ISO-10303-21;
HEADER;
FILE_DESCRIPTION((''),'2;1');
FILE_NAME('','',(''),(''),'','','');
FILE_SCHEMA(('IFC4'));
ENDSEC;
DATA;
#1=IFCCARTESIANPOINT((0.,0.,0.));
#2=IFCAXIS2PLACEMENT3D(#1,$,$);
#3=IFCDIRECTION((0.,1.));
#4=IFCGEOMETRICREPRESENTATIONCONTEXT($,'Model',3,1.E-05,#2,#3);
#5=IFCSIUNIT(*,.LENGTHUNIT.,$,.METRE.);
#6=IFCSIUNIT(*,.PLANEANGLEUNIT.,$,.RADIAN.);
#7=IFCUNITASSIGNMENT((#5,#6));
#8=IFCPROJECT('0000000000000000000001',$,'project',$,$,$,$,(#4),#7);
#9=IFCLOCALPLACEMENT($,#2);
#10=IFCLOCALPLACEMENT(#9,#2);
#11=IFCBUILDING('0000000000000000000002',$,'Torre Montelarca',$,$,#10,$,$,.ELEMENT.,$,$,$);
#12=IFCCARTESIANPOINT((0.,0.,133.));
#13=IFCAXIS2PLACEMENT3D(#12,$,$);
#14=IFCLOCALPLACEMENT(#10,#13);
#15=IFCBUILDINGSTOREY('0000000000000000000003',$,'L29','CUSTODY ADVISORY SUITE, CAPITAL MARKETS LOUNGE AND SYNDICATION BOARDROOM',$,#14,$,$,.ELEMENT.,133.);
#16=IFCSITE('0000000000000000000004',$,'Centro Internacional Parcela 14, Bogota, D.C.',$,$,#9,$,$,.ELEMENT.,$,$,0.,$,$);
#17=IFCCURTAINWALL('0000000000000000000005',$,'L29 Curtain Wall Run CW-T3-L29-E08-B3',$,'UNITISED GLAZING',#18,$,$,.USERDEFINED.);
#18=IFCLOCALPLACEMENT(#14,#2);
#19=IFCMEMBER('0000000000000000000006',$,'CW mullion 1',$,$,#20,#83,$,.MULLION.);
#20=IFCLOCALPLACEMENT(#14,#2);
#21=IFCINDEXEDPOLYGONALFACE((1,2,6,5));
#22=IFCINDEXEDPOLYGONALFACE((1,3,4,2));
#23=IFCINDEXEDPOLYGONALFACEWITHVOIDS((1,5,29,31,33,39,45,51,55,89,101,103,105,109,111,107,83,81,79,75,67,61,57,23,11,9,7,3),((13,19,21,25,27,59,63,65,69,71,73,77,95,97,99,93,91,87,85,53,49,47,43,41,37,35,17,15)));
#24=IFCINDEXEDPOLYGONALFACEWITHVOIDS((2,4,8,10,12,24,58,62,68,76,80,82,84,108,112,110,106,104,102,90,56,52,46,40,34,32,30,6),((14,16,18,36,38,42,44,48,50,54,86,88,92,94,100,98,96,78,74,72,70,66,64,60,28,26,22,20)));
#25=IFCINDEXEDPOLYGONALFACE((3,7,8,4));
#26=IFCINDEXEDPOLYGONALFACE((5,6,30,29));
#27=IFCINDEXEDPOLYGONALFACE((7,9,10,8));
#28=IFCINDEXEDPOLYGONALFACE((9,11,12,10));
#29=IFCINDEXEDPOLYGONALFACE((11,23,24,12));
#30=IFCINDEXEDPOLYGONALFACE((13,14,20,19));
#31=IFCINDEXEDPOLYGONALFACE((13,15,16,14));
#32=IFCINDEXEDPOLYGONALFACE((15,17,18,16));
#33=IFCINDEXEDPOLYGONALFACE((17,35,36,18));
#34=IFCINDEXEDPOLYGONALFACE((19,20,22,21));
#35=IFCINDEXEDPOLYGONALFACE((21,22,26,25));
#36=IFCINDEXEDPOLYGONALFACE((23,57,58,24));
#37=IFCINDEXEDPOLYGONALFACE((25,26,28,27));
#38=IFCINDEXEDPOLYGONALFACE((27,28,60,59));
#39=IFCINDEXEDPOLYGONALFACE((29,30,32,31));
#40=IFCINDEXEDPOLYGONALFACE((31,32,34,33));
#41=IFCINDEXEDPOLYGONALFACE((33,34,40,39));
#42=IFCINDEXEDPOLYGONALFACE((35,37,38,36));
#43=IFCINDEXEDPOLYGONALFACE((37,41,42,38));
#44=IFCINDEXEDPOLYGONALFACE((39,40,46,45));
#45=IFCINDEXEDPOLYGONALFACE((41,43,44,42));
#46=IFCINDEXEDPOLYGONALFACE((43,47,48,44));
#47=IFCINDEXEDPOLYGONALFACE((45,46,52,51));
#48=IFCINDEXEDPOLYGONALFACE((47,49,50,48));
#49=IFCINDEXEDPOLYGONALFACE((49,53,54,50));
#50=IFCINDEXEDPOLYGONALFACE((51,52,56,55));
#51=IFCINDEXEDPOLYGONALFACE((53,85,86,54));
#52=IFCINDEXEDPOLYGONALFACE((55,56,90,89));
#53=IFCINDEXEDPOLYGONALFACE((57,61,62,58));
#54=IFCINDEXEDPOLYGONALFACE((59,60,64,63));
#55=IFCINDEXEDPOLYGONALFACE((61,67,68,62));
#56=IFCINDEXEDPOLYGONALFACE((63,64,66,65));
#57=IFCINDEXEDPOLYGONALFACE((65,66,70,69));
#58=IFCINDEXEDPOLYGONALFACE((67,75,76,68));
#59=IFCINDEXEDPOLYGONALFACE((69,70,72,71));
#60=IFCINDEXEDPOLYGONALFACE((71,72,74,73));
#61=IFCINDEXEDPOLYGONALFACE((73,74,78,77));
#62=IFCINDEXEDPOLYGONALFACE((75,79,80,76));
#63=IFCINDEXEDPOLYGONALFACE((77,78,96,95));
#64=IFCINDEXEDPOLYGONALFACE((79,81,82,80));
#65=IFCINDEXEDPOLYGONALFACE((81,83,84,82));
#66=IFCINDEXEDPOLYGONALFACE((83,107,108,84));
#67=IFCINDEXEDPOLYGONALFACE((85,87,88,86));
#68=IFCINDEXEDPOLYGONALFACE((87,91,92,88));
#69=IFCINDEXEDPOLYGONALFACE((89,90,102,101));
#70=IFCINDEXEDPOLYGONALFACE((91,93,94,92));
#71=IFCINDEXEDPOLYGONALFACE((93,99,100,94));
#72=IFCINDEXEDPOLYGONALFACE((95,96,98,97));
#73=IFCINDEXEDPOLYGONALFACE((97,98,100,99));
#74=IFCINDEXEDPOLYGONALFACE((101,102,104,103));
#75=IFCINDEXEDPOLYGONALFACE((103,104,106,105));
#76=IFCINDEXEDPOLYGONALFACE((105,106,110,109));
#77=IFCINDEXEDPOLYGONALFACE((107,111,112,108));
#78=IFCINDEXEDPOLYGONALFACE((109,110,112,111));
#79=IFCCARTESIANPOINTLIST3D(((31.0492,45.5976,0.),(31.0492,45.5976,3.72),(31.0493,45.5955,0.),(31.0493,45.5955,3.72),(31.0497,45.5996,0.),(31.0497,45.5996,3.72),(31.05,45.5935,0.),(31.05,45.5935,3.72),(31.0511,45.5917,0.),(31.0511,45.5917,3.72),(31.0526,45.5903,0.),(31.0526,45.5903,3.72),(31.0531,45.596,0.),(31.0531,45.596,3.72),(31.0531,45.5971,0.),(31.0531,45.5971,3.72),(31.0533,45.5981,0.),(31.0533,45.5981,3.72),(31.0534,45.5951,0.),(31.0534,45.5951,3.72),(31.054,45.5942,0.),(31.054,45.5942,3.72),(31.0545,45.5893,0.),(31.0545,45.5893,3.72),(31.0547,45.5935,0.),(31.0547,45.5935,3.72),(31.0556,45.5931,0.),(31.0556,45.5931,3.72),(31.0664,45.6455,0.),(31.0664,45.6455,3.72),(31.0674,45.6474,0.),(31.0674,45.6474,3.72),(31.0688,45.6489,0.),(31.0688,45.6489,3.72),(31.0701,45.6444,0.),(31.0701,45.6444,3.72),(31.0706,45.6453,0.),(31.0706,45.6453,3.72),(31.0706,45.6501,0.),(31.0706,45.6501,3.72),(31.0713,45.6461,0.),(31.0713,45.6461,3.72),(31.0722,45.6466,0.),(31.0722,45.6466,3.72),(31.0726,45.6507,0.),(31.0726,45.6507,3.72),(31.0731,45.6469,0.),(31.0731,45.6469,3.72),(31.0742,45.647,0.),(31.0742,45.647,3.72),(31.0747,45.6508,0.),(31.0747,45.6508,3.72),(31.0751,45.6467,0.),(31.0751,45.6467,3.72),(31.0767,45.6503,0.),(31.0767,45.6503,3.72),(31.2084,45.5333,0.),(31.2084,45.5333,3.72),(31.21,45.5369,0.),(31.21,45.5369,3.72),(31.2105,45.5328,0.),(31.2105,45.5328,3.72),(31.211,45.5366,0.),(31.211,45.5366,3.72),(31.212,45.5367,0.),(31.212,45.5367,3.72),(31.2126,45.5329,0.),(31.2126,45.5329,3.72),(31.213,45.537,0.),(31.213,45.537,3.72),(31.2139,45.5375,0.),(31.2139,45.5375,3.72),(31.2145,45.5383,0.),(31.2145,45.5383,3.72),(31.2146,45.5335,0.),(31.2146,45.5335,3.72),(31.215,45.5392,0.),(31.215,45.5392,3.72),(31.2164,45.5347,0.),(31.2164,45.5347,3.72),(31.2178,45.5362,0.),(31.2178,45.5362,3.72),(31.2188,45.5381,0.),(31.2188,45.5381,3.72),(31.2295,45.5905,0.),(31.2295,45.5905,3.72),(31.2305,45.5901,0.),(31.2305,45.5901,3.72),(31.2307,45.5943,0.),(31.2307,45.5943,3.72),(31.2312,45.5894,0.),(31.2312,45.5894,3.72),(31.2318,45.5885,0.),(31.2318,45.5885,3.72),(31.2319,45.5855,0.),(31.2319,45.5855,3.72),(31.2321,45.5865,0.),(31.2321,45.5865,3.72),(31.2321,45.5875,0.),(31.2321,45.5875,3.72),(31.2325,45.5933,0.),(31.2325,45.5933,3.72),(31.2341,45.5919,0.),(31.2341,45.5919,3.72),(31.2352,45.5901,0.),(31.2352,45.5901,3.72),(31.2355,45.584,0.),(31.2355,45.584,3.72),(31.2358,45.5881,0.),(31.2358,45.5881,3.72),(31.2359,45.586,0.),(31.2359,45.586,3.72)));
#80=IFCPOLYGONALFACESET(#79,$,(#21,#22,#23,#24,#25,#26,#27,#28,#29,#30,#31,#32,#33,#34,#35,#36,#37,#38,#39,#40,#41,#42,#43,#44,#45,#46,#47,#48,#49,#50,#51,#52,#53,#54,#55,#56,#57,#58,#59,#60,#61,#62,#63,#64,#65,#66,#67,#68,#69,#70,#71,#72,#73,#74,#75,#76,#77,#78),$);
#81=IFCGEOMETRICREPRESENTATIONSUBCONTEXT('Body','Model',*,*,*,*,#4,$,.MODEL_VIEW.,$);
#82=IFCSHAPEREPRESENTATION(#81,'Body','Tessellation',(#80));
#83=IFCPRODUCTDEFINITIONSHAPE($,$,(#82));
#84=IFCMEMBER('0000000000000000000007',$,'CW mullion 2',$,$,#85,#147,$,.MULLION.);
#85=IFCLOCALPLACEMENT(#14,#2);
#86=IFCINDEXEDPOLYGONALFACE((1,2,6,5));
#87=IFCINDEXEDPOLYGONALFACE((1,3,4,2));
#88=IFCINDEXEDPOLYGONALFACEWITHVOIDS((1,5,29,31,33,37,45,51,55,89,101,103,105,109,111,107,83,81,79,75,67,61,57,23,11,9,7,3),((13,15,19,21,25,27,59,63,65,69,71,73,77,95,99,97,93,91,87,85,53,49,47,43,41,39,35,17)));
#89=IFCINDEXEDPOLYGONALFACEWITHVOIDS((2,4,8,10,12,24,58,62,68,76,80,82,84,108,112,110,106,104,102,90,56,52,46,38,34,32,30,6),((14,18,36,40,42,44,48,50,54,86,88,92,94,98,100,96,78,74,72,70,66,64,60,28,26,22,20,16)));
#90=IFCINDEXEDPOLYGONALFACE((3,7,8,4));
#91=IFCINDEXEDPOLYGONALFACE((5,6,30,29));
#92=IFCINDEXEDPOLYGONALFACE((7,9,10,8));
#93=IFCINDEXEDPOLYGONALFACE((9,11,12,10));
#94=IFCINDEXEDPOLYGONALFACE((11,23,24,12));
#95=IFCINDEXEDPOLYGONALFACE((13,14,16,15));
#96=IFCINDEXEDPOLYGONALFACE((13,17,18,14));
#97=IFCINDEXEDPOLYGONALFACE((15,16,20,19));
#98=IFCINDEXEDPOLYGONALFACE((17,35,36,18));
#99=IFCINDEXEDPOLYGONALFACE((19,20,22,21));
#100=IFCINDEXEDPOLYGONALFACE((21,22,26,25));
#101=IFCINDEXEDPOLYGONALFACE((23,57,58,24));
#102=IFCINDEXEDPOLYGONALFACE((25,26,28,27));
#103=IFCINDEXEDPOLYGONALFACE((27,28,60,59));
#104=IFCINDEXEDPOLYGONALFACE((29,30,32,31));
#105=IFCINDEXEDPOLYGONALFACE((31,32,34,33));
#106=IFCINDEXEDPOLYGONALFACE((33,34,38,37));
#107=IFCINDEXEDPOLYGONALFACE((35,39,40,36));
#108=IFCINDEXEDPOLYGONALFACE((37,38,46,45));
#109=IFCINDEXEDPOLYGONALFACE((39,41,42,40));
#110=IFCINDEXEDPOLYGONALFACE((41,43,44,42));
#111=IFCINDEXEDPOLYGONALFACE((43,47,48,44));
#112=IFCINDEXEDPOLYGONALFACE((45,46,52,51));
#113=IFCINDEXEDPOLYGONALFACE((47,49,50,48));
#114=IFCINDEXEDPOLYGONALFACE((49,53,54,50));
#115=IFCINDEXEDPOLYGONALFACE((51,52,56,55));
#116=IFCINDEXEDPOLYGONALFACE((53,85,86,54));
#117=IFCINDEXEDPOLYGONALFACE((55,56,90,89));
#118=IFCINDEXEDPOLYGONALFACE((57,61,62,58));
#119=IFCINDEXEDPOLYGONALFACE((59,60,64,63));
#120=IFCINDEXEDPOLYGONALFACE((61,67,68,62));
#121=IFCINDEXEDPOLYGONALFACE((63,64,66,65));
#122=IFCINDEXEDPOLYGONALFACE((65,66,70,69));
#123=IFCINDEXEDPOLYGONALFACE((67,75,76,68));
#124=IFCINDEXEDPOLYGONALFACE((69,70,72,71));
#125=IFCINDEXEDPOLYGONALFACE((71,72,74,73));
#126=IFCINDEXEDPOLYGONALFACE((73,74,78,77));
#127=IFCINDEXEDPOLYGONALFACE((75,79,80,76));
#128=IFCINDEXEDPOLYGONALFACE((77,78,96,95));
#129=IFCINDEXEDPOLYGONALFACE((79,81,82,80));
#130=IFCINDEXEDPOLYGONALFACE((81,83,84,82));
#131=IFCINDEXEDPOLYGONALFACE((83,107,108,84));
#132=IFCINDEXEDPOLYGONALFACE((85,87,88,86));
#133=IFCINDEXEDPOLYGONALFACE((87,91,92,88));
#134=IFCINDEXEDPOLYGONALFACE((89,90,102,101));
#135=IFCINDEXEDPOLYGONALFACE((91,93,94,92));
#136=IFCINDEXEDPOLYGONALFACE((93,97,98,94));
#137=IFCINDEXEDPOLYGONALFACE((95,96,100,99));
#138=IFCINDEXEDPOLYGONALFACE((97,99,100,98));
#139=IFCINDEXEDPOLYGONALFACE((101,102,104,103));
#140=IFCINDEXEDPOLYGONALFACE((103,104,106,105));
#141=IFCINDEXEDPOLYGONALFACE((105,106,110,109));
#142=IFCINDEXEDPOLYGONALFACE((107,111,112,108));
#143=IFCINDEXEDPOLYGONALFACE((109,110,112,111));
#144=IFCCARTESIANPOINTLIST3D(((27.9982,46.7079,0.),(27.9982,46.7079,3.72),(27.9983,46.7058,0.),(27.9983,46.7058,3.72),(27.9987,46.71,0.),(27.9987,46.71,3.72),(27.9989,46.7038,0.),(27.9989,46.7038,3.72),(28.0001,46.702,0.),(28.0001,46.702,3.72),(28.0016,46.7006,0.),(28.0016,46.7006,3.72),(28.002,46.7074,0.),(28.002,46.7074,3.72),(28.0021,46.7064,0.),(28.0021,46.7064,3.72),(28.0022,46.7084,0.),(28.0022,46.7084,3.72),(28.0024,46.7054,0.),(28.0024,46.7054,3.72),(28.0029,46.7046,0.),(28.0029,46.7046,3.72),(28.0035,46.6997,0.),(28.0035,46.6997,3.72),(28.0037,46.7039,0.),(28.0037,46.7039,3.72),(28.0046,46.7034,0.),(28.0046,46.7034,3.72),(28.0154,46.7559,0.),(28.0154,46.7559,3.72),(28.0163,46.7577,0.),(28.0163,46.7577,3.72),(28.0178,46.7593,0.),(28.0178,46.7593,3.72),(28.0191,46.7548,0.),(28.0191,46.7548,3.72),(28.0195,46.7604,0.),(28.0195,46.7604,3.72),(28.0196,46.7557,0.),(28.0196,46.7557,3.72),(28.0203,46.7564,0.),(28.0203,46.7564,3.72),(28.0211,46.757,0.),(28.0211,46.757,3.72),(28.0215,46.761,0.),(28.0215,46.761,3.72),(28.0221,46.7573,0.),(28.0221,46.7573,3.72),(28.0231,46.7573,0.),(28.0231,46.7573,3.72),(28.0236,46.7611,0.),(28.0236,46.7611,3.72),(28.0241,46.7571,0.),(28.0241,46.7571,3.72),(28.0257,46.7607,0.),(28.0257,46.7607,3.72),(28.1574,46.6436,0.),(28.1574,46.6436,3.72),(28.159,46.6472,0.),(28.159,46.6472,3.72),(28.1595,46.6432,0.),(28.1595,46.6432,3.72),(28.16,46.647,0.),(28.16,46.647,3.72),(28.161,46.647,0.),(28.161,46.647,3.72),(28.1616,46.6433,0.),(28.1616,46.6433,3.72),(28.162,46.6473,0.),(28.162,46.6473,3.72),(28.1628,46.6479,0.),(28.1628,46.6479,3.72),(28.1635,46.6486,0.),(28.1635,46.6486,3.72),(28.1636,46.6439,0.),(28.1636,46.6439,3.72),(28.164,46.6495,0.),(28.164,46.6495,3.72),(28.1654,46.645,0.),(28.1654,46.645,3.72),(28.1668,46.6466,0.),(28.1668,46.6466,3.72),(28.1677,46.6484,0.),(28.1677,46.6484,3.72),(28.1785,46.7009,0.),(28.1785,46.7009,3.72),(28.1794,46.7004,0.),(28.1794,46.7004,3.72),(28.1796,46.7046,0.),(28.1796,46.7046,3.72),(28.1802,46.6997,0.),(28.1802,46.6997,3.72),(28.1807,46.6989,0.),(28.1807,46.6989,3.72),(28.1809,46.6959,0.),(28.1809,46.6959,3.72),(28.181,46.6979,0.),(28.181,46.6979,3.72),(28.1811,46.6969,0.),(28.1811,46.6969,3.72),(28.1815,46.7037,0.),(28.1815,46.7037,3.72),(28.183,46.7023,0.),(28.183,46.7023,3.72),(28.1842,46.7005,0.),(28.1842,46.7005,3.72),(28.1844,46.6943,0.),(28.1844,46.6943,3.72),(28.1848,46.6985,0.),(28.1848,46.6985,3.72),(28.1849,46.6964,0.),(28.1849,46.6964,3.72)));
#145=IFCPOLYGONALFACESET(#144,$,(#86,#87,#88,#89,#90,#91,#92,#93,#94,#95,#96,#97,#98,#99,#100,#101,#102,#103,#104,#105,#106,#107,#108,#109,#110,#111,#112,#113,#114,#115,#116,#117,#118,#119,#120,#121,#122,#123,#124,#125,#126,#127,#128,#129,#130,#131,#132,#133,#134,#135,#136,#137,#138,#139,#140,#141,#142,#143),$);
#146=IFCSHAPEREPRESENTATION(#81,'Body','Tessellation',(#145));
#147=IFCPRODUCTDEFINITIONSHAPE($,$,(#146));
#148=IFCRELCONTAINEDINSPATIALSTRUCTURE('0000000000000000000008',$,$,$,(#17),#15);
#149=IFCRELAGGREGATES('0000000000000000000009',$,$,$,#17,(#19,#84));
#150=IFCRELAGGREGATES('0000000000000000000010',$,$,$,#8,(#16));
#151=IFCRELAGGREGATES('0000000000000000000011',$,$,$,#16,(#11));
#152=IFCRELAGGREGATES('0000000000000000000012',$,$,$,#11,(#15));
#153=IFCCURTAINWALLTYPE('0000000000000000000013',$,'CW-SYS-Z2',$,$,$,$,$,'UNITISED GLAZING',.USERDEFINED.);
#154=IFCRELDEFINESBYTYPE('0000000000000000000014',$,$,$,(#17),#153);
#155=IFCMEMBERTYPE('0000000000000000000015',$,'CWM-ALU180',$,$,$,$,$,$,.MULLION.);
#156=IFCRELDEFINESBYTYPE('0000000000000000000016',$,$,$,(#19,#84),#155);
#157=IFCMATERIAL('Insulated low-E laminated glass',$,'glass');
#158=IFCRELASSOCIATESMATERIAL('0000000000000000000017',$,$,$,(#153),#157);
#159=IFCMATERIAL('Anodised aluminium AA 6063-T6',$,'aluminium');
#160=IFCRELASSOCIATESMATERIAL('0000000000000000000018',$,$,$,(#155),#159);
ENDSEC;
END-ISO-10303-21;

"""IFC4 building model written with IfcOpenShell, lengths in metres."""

from ifc_helpers import new_model, si_unit, direction, frame, origin, origin_2d, place, context, subcontext, project, spatial, hollow_rectangle, extrude, source, transform, mapped, material, material_profile, profile_set, type_object, element, aggregate, save


model = new_model("IFC4")

# Units and contexts
model_context = context("Model", 3, precision=1e-05, world=origin(), true_north=direction((0.0, 1.0)))
body_context = subcontext(model_context, "Body", "Model", "MODEL_VIEW")
ifc_project = project(units=[si_unit("LENGTHUNIT", "METRE"), si_unit("PLANEANGLEUNIT", "RADIAN")], contexts=[model_context])

# Site, building, storey
site_placement = place(None, origin())
site = spatial("IfcSite", under=ifc_project, at=site_placement, Name="Centro Internacional Parcela 14, Bogota, D.C.", CompositionType="ELEMENT", RefElevation=0.0)
building_placement = place(site_placement, origin())
building = spatial("IfcBuilding", under=site, at=building_placement, Name="Torre Montelarca", CompositionType="ELEMENT")
storey_placement = place(building_placement, frame((0.0, 0.0, 133.0)))
storey = spatial("IfcBuildingStorey", under=building, at=storey_placement, Name="L29", Description="CUSTODY ADVISORY SUITE, CAPITAL MARKETS LOUNGE AND SYNDICATION BOARDROOM", CompositionType="ELEMENT", Elevation=133.0)

# Curtain wall, members
ifc_material_1 = material(Name="Insulated low-E laminated glass", Category="glass")
curtain_wall_type = type_object("IfcCurtainWallType", Name="CW-SYS-Z2", ElementType="UNITISED GLAZING", PredefinedType="USERDEFINED", material=ifc_material_1)
ifc_material_2 = material(Name="Anodised aluminium AA 6063-T6", Category="aluminium")
ifc_material_profile_1 = material_profile(ifc_material_2, hollow_rectangle(XDim=0.0649, YDim=0.1799, WallThickness=0.0039, InnerFilletRadius=0.0039, OuterFilletRadius=0.0081, at=origin_2d()), Name="ALU65X180X4", Category="aluminium")
ifc_profile_set_1 = profile_set([ifc_material_profile_1], Name="Anodised aluminium AA 6063-T6")
member_type_1 = type_object("IfcMemberType", Name="CWM-ALU180", PredefinedType="MULLION", material=ifc_profile_set_1)
shared_shape_1 = source(origin(), body_context, "Body", "SweptSolid", [
    extrude(hollow_rectangle(XDim=0.0649, YDim=0.1799, WallThickness=0.0039, InnerFilletRadius=0.0039, OuterFilletRadius=0.0081, at=origin_2d()), origin(), (0.0, 0.0, 1.0), 3.72),
])
curtain_wall_1_placement = place(storey_placement, origin())
curtain_wall_1 = element("IfcCurtainWall", 1, at=curtain_wall_1_placement, inside=storey, type_object=curtain_wall_type, Name="L29 Curtain Wall Run CW-T3-L29-E08-B3", ObjectType="UNITISED GLAZING", PredefinedType="USERDEFINED")
member_1_placement = place(storey_placement, frame((31.1426, 45.5918, 0.0), z_axis=(0.0, 0.0, 1.0), x_axis=(-0.342017, -0.939694, 0.0)))
member_1 = element("IfcMember", 2, at=member_1_placement, type_object=member_type_1, Name="CW mullion 1", PredefinedType="MULLION", context=body_context, shape_type="MappedRepresentation", body=[
    mapped(shared_shape_1, transform((0.0, 0.0, 0.0), scale=1.0)),
])
member_2_placement = place(storey_placement, frame((28.0916, 46.7021, 0.0), z_axis=(0.0, 0.0, 1.0), x_axis=(-0.342017, -0.939694, 0.0)))
member_2 = element("IfcMember", 3, at=member_2_placement, type_object=member_type_1, Name="CW mullion 2", PredefinedType="MULLION", context=body_context, shape_type="MappedRepresentation", body=[
    mapped(shared_shape_1, transform((0.0, 0.0, 0.0), scale=1.0)),
])

aggregate(curtain_wall_1, [member_1, member_2])

save(model, "model.ifc")
